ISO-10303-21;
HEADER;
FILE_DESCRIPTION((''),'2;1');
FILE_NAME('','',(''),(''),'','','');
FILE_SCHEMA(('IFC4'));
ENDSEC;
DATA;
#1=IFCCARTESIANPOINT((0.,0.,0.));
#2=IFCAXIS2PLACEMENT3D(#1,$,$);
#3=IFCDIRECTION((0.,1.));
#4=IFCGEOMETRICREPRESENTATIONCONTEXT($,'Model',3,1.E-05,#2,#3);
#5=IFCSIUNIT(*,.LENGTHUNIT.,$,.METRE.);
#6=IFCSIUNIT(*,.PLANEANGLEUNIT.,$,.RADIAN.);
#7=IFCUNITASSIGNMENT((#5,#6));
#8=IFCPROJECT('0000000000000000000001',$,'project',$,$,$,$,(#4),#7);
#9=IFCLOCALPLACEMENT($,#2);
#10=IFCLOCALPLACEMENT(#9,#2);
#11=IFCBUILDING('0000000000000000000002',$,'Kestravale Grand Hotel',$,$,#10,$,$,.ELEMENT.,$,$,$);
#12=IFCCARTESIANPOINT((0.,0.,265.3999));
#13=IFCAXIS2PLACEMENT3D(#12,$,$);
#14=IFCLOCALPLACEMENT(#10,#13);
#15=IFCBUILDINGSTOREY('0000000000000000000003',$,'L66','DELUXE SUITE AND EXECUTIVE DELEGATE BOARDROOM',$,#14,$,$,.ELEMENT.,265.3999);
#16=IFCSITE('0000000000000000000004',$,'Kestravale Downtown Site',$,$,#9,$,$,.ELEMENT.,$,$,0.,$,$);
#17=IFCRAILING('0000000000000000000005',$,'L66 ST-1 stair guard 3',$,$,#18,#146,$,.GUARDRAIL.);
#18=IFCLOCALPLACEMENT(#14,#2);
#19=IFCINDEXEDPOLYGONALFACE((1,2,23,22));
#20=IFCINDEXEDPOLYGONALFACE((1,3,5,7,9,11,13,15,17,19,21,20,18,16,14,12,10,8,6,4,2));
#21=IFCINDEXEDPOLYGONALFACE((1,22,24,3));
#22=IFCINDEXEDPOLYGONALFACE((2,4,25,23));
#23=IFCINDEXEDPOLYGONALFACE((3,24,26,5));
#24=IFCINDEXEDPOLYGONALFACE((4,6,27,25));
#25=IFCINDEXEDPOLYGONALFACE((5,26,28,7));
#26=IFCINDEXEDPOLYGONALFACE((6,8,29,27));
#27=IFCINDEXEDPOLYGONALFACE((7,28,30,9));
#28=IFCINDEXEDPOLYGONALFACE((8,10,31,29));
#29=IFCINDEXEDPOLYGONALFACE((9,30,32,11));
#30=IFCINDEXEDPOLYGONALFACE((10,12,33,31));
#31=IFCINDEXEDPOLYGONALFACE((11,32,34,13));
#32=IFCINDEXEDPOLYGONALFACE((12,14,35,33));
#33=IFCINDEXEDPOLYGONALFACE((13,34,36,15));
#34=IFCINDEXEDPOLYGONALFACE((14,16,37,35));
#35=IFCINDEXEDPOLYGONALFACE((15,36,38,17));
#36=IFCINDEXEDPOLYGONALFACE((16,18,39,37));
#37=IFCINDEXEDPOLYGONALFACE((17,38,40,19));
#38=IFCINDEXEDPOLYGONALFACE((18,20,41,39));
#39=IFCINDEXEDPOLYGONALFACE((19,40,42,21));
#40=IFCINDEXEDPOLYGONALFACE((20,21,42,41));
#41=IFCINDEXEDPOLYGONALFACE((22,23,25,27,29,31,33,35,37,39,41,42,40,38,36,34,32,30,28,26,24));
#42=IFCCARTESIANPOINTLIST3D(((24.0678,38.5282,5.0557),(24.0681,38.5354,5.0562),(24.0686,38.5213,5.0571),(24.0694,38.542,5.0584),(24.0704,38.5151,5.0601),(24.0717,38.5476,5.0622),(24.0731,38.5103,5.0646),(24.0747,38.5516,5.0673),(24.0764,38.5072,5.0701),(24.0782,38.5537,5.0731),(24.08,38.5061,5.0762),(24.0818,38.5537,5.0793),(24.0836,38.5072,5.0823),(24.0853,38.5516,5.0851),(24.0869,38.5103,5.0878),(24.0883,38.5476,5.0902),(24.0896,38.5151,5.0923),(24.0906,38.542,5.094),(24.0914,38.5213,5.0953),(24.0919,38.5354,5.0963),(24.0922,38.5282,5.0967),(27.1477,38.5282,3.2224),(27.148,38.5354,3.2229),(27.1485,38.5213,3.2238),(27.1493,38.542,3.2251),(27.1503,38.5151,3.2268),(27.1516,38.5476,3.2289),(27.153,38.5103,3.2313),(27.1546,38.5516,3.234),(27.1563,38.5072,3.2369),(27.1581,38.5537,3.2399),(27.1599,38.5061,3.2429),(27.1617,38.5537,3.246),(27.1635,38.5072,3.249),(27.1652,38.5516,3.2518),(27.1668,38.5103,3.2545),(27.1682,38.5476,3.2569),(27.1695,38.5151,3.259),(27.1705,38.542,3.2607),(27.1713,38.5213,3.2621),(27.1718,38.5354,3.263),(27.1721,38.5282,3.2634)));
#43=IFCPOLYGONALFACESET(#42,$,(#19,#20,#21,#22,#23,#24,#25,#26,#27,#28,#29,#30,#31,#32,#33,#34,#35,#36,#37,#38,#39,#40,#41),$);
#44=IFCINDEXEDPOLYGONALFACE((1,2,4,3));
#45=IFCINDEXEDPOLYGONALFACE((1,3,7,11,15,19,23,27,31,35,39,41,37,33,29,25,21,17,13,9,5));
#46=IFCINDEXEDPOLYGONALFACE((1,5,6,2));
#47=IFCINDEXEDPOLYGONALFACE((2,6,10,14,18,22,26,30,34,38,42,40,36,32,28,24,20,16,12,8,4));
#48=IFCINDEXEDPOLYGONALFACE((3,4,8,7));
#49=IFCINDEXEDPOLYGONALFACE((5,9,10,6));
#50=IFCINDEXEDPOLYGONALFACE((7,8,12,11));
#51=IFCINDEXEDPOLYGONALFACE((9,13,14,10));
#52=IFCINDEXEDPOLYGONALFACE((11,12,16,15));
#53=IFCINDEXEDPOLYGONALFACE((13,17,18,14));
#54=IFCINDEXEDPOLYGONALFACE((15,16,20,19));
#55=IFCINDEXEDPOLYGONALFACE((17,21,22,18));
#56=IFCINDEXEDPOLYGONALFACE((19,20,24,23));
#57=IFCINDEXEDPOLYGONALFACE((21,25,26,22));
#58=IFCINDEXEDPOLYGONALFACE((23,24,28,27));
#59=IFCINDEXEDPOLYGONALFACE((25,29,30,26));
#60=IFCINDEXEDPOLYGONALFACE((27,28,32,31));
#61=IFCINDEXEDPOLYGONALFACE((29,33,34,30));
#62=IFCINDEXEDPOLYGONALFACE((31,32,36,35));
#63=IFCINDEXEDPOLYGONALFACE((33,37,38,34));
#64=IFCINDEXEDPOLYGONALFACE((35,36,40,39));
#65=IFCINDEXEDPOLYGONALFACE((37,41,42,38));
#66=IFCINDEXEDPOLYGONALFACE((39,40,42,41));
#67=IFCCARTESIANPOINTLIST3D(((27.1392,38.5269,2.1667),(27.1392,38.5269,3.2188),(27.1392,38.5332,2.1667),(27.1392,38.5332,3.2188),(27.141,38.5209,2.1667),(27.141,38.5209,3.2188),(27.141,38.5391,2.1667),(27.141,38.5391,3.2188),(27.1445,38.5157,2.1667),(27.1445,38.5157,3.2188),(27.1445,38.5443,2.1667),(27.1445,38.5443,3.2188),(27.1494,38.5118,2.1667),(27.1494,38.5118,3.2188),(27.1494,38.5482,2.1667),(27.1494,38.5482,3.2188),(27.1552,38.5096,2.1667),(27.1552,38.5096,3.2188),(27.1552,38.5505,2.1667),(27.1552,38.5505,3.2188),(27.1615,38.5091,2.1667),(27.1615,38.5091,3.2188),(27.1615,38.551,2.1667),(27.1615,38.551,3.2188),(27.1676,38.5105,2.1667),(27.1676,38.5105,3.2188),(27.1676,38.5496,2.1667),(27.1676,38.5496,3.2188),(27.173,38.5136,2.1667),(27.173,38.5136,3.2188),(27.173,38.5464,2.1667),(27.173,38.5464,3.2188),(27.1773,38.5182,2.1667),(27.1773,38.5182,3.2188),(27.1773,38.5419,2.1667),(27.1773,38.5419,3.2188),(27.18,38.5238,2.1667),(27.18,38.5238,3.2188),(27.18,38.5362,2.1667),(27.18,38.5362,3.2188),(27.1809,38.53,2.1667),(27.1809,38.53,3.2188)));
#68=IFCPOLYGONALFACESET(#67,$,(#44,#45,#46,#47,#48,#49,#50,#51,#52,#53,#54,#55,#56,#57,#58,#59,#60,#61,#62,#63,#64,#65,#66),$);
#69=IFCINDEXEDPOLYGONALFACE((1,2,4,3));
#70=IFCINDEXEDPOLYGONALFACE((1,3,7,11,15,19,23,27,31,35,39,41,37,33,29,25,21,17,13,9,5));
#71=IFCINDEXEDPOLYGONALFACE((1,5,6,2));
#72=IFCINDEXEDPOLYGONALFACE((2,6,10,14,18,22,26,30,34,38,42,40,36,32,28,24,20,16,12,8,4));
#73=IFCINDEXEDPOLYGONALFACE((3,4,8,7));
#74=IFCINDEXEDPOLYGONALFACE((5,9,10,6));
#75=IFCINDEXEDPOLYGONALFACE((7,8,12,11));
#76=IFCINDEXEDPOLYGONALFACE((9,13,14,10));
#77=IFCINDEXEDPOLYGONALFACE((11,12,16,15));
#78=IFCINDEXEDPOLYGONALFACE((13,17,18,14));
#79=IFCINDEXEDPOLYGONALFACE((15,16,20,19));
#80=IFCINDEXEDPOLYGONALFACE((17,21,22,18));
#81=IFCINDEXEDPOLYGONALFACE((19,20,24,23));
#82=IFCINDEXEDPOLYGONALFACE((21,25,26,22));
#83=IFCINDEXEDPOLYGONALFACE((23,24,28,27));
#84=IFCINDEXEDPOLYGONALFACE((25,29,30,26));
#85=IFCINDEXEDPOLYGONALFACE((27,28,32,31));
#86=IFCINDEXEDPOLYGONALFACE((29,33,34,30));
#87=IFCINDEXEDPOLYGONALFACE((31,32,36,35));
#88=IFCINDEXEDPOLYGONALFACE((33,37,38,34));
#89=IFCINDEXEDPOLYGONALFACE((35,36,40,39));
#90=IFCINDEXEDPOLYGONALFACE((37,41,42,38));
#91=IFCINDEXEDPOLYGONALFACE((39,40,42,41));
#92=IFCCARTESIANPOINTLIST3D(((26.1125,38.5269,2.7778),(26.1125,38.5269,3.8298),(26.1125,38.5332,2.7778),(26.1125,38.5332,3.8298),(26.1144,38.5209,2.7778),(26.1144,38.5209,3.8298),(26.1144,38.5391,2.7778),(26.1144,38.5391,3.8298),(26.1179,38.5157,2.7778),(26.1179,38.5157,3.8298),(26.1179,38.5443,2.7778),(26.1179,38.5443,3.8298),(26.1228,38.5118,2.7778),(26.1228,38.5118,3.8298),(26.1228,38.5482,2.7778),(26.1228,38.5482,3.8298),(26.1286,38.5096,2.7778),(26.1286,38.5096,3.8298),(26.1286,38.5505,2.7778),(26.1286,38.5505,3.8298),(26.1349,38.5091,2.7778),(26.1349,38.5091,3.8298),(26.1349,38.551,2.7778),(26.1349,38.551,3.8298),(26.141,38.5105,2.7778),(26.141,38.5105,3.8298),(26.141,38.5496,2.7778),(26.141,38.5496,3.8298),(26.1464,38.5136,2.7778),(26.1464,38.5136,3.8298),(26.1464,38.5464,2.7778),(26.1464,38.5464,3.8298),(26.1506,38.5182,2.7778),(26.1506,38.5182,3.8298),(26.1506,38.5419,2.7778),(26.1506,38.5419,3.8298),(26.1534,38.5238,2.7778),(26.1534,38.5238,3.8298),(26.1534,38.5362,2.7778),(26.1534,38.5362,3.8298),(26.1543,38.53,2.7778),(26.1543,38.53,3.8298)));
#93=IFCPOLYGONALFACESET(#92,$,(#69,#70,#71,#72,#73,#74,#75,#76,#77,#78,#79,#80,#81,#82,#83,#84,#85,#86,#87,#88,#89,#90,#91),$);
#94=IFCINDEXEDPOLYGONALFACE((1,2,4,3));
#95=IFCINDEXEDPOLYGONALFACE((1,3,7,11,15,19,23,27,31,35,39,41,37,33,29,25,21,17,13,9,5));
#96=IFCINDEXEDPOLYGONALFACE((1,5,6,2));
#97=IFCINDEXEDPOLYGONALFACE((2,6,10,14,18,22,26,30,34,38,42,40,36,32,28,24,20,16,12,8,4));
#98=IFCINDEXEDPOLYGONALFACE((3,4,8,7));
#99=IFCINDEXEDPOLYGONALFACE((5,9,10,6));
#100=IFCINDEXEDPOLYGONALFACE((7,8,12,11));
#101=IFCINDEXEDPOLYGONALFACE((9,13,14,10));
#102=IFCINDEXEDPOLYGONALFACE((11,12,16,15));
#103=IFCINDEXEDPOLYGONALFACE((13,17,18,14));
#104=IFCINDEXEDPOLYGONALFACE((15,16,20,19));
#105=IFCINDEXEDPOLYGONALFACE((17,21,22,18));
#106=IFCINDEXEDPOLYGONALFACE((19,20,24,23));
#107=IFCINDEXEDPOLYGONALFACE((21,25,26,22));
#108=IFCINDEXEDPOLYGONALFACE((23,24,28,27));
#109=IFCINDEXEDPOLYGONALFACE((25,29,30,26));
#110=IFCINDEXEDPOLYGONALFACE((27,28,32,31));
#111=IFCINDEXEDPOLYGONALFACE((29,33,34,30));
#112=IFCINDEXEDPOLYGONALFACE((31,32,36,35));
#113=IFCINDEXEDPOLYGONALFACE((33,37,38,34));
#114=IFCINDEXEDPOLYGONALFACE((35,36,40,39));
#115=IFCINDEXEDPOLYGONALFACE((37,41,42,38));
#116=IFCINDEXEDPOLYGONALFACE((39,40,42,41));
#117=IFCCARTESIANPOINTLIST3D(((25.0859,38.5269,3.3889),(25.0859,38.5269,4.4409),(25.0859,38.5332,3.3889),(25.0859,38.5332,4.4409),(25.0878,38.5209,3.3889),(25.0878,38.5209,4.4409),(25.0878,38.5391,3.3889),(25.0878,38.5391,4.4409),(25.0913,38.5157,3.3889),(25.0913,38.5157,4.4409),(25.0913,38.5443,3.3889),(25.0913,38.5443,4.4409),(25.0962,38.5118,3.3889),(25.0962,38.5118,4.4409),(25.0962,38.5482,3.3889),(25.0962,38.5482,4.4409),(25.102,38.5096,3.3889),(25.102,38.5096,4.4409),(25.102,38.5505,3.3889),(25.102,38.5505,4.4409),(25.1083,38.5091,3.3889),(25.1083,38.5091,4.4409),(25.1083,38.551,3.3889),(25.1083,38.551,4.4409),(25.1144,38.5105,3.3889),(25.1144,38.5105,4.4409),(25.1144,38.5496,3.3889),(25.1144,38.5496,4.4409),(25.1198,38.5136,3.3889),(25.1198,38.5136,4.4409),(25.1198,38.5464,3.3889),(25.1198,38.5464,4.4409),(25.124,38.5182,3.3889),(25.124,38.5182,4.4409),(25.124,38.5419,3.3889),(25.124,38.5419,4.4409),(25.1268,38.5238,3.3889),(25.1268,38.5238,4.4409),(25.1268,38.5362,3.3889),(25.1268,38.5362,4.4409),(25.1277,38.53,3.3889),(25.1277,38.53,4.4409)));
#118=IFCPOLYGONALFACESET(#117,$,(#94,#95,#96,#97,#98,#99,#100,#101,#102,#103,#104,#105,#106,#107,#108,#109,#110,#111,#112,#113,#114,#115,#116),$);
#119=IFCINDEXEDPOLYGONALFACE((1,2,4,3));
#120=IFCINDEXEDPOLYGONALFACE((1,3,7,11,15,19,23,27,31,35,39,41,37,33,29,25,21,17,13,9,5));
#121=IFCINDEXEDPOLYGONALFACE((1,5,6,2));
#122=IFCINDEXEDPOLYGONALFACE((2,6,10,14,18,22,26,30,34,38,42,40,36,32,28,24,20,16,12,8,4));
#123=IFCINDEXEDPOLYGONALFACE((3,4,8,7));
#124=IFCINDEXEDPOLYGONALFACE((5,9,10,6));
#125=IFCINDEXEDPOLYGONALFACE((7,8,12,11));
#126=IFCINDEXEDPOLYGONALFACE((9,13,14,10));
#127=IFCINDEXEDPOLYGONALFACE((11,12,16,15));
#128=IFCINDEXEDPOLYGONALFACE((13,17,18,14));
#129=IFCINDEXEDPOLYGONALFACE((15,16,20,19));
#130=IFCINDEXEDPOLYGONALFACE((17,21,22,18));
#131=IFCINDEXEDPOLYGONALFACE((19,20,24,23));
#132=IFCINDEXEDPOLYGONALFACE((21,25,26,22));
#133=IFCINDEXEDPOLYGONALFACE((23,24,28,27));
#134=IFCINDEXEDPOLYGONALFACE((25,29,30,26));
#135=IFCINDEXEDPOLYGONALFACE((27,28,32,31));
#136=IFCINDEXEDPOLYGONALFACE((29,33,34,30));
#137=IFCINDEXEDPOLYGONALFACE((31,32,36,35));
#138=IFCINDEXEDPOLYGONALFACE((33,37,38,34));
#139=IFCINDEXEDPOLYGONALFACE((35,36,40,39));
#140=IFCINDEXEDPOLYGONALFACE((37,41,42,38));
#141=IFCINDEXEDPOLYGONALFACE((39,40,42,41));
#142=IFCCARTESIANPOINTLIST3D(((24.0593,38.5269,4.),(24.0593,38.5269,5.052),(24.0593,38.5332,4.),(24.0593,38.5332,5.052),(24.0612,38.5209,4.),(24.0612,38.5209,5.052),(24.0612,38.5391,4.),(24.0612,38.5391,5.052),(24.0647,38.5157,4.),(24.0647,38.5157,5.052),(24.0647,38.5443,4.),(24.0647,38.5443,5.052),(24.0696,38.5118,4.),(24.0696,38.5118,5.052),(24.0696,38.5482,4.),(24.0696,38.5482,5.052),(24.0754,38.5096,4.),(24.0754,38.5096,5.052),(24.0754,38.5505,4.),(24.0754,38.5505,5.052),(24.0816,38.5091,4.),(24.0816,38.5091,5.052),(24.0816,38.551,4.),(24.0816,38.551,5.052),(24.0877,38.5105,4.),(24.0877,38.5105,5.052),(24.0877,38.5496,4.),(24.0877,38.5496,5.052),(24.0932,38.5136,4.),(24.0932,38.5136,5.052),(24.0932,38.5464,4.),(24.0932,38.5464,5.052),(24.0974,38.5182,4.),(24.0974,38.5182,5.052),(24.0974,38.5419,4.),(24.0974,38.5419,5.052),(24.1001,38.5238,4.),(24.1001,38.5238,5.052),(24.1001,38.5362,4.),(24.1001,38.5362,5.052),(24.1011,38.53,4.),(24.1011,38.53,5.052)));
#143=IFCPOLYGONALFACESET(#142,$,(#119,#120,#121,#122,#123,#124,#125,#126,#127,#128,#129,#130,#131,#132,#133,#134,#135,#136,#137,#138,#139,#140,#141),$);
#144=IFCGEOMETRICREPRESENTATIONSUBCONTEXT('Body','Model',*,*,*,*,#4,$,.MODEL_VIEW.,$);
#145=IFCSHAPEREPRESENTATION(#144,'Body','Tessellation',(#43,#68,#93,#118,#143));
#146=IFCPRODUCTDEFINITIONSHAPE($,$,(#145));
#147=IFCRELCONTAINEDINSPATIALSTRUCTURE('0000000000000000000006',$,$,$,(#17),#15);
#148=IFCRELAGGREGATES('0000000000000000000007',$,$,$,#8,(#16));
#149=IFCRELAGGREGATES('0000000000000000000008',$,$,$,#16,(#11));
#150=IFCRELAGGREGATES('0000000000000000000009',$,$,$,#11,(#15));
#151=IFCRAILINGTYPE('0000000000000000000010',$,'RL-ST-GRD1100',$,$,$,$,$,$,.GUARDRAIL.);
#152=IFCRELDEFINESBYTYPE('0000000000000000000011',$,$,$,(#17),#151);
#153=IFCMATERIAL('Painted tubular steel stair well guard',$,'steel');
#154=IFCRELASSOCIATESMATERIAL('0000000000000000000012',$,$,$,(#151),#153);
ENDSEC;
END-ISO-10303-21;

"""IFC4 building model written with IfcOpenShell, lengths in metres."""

from ifc_helpers import new_model, si_unit, direction, frame, origin, origin_2d, place, context, subcontext, project, spatial, circle, extrude, material, type_object, element, save


model = new_model("IFC4")

# Units and contexts
model_context = context("Model", 3, precision=1e-05, world=origin(), true_north=direction((0.0, 1.0)))
body_context = subcontext(model_context, "Body", "Model", "MODEL_VIEW")
ifc_project = project(units=[si_unit("LENGTHUNIT", "METRE"), si_unit("PLANEANGLEUNIT", "RADIAN")], contexts=[model_context])

# Site, building, storey
site_placement = place(None, origin())
site = spatial("IfcSite", under=ifc_project, at=site_placement, Name="Kestravale Downtown Site", CompositionType="ELEMENT", RefElevation=0.0)
building_placement = place(site_placement, origin())
building = spatial("IfcBuilding", under=site, at=building_placement, Name="Kestravale Grand Hotel", CompositionType="ELEMENT")
storey_placement = place(building_placement, frame((0.0, 0.0, 265.3999)))
storey = spatial("IfcBuildingStorey", under=building, at=storey_placement, Name="L66", Description="DELUXE SUITE AND EXECUTIVE DELEGATE BOARDROOM", CompositionType="ELEMENT", Elevation=265.3999)

# Railing
ifc_material_1 = material(Name="Painted tubular steel stair well guard", Category="steel")
railing_type_1 = type_object("IfcRailingType", Name="RL-ST-GRD1100", PredefinedType="GUARDRAIL", material=ifc_material_1)
railing_1_placement = place(storey_placement, frame((27.1599, 38.53, 2.1667)))
element("IfcRailing", 1, at=railing_1_placement, inside=storey, type_object=railing_type_1, Name="L66 ST-1 stair guard 3", PredefinedType="GUARDRAIL", context=body_context, shape_type="SweptSolid", body=[
    extrude(circle(Radius=0.0239, at=origin_2d()), frame((0.0, 0.0, 1.0762), z_axis=(-0.859291, 0.0, 0.511487), x_axis=(0.0, -1.0, 0.0)), (0.0, 0.0, 1.0), 3.5842),
    extrude(circle(Radius=0.021, at=origin_2d()), origin(), (0.0, 0.0, 1.0), 1.052),
    extrude(circle(Radius=0.021, at=origin_2d()), frame((-1.0266, 0.0, 0.6111)), (0.0, 0.0, 1.0), 1.052),
    extrude(circle(Radius=0.021, at=origin_2d()), frame((-2.0532, 0.0, 1.2222)), (0.0, 0.0, 1.0), 1.052),
    extrude(circle(Radius=0.021, at=origin_2d()), frame((-3.0798, 0.0, 1.8333)), (0.0, 0.0, 1.0), 1.052),
])

save(model, "model.ifc")
